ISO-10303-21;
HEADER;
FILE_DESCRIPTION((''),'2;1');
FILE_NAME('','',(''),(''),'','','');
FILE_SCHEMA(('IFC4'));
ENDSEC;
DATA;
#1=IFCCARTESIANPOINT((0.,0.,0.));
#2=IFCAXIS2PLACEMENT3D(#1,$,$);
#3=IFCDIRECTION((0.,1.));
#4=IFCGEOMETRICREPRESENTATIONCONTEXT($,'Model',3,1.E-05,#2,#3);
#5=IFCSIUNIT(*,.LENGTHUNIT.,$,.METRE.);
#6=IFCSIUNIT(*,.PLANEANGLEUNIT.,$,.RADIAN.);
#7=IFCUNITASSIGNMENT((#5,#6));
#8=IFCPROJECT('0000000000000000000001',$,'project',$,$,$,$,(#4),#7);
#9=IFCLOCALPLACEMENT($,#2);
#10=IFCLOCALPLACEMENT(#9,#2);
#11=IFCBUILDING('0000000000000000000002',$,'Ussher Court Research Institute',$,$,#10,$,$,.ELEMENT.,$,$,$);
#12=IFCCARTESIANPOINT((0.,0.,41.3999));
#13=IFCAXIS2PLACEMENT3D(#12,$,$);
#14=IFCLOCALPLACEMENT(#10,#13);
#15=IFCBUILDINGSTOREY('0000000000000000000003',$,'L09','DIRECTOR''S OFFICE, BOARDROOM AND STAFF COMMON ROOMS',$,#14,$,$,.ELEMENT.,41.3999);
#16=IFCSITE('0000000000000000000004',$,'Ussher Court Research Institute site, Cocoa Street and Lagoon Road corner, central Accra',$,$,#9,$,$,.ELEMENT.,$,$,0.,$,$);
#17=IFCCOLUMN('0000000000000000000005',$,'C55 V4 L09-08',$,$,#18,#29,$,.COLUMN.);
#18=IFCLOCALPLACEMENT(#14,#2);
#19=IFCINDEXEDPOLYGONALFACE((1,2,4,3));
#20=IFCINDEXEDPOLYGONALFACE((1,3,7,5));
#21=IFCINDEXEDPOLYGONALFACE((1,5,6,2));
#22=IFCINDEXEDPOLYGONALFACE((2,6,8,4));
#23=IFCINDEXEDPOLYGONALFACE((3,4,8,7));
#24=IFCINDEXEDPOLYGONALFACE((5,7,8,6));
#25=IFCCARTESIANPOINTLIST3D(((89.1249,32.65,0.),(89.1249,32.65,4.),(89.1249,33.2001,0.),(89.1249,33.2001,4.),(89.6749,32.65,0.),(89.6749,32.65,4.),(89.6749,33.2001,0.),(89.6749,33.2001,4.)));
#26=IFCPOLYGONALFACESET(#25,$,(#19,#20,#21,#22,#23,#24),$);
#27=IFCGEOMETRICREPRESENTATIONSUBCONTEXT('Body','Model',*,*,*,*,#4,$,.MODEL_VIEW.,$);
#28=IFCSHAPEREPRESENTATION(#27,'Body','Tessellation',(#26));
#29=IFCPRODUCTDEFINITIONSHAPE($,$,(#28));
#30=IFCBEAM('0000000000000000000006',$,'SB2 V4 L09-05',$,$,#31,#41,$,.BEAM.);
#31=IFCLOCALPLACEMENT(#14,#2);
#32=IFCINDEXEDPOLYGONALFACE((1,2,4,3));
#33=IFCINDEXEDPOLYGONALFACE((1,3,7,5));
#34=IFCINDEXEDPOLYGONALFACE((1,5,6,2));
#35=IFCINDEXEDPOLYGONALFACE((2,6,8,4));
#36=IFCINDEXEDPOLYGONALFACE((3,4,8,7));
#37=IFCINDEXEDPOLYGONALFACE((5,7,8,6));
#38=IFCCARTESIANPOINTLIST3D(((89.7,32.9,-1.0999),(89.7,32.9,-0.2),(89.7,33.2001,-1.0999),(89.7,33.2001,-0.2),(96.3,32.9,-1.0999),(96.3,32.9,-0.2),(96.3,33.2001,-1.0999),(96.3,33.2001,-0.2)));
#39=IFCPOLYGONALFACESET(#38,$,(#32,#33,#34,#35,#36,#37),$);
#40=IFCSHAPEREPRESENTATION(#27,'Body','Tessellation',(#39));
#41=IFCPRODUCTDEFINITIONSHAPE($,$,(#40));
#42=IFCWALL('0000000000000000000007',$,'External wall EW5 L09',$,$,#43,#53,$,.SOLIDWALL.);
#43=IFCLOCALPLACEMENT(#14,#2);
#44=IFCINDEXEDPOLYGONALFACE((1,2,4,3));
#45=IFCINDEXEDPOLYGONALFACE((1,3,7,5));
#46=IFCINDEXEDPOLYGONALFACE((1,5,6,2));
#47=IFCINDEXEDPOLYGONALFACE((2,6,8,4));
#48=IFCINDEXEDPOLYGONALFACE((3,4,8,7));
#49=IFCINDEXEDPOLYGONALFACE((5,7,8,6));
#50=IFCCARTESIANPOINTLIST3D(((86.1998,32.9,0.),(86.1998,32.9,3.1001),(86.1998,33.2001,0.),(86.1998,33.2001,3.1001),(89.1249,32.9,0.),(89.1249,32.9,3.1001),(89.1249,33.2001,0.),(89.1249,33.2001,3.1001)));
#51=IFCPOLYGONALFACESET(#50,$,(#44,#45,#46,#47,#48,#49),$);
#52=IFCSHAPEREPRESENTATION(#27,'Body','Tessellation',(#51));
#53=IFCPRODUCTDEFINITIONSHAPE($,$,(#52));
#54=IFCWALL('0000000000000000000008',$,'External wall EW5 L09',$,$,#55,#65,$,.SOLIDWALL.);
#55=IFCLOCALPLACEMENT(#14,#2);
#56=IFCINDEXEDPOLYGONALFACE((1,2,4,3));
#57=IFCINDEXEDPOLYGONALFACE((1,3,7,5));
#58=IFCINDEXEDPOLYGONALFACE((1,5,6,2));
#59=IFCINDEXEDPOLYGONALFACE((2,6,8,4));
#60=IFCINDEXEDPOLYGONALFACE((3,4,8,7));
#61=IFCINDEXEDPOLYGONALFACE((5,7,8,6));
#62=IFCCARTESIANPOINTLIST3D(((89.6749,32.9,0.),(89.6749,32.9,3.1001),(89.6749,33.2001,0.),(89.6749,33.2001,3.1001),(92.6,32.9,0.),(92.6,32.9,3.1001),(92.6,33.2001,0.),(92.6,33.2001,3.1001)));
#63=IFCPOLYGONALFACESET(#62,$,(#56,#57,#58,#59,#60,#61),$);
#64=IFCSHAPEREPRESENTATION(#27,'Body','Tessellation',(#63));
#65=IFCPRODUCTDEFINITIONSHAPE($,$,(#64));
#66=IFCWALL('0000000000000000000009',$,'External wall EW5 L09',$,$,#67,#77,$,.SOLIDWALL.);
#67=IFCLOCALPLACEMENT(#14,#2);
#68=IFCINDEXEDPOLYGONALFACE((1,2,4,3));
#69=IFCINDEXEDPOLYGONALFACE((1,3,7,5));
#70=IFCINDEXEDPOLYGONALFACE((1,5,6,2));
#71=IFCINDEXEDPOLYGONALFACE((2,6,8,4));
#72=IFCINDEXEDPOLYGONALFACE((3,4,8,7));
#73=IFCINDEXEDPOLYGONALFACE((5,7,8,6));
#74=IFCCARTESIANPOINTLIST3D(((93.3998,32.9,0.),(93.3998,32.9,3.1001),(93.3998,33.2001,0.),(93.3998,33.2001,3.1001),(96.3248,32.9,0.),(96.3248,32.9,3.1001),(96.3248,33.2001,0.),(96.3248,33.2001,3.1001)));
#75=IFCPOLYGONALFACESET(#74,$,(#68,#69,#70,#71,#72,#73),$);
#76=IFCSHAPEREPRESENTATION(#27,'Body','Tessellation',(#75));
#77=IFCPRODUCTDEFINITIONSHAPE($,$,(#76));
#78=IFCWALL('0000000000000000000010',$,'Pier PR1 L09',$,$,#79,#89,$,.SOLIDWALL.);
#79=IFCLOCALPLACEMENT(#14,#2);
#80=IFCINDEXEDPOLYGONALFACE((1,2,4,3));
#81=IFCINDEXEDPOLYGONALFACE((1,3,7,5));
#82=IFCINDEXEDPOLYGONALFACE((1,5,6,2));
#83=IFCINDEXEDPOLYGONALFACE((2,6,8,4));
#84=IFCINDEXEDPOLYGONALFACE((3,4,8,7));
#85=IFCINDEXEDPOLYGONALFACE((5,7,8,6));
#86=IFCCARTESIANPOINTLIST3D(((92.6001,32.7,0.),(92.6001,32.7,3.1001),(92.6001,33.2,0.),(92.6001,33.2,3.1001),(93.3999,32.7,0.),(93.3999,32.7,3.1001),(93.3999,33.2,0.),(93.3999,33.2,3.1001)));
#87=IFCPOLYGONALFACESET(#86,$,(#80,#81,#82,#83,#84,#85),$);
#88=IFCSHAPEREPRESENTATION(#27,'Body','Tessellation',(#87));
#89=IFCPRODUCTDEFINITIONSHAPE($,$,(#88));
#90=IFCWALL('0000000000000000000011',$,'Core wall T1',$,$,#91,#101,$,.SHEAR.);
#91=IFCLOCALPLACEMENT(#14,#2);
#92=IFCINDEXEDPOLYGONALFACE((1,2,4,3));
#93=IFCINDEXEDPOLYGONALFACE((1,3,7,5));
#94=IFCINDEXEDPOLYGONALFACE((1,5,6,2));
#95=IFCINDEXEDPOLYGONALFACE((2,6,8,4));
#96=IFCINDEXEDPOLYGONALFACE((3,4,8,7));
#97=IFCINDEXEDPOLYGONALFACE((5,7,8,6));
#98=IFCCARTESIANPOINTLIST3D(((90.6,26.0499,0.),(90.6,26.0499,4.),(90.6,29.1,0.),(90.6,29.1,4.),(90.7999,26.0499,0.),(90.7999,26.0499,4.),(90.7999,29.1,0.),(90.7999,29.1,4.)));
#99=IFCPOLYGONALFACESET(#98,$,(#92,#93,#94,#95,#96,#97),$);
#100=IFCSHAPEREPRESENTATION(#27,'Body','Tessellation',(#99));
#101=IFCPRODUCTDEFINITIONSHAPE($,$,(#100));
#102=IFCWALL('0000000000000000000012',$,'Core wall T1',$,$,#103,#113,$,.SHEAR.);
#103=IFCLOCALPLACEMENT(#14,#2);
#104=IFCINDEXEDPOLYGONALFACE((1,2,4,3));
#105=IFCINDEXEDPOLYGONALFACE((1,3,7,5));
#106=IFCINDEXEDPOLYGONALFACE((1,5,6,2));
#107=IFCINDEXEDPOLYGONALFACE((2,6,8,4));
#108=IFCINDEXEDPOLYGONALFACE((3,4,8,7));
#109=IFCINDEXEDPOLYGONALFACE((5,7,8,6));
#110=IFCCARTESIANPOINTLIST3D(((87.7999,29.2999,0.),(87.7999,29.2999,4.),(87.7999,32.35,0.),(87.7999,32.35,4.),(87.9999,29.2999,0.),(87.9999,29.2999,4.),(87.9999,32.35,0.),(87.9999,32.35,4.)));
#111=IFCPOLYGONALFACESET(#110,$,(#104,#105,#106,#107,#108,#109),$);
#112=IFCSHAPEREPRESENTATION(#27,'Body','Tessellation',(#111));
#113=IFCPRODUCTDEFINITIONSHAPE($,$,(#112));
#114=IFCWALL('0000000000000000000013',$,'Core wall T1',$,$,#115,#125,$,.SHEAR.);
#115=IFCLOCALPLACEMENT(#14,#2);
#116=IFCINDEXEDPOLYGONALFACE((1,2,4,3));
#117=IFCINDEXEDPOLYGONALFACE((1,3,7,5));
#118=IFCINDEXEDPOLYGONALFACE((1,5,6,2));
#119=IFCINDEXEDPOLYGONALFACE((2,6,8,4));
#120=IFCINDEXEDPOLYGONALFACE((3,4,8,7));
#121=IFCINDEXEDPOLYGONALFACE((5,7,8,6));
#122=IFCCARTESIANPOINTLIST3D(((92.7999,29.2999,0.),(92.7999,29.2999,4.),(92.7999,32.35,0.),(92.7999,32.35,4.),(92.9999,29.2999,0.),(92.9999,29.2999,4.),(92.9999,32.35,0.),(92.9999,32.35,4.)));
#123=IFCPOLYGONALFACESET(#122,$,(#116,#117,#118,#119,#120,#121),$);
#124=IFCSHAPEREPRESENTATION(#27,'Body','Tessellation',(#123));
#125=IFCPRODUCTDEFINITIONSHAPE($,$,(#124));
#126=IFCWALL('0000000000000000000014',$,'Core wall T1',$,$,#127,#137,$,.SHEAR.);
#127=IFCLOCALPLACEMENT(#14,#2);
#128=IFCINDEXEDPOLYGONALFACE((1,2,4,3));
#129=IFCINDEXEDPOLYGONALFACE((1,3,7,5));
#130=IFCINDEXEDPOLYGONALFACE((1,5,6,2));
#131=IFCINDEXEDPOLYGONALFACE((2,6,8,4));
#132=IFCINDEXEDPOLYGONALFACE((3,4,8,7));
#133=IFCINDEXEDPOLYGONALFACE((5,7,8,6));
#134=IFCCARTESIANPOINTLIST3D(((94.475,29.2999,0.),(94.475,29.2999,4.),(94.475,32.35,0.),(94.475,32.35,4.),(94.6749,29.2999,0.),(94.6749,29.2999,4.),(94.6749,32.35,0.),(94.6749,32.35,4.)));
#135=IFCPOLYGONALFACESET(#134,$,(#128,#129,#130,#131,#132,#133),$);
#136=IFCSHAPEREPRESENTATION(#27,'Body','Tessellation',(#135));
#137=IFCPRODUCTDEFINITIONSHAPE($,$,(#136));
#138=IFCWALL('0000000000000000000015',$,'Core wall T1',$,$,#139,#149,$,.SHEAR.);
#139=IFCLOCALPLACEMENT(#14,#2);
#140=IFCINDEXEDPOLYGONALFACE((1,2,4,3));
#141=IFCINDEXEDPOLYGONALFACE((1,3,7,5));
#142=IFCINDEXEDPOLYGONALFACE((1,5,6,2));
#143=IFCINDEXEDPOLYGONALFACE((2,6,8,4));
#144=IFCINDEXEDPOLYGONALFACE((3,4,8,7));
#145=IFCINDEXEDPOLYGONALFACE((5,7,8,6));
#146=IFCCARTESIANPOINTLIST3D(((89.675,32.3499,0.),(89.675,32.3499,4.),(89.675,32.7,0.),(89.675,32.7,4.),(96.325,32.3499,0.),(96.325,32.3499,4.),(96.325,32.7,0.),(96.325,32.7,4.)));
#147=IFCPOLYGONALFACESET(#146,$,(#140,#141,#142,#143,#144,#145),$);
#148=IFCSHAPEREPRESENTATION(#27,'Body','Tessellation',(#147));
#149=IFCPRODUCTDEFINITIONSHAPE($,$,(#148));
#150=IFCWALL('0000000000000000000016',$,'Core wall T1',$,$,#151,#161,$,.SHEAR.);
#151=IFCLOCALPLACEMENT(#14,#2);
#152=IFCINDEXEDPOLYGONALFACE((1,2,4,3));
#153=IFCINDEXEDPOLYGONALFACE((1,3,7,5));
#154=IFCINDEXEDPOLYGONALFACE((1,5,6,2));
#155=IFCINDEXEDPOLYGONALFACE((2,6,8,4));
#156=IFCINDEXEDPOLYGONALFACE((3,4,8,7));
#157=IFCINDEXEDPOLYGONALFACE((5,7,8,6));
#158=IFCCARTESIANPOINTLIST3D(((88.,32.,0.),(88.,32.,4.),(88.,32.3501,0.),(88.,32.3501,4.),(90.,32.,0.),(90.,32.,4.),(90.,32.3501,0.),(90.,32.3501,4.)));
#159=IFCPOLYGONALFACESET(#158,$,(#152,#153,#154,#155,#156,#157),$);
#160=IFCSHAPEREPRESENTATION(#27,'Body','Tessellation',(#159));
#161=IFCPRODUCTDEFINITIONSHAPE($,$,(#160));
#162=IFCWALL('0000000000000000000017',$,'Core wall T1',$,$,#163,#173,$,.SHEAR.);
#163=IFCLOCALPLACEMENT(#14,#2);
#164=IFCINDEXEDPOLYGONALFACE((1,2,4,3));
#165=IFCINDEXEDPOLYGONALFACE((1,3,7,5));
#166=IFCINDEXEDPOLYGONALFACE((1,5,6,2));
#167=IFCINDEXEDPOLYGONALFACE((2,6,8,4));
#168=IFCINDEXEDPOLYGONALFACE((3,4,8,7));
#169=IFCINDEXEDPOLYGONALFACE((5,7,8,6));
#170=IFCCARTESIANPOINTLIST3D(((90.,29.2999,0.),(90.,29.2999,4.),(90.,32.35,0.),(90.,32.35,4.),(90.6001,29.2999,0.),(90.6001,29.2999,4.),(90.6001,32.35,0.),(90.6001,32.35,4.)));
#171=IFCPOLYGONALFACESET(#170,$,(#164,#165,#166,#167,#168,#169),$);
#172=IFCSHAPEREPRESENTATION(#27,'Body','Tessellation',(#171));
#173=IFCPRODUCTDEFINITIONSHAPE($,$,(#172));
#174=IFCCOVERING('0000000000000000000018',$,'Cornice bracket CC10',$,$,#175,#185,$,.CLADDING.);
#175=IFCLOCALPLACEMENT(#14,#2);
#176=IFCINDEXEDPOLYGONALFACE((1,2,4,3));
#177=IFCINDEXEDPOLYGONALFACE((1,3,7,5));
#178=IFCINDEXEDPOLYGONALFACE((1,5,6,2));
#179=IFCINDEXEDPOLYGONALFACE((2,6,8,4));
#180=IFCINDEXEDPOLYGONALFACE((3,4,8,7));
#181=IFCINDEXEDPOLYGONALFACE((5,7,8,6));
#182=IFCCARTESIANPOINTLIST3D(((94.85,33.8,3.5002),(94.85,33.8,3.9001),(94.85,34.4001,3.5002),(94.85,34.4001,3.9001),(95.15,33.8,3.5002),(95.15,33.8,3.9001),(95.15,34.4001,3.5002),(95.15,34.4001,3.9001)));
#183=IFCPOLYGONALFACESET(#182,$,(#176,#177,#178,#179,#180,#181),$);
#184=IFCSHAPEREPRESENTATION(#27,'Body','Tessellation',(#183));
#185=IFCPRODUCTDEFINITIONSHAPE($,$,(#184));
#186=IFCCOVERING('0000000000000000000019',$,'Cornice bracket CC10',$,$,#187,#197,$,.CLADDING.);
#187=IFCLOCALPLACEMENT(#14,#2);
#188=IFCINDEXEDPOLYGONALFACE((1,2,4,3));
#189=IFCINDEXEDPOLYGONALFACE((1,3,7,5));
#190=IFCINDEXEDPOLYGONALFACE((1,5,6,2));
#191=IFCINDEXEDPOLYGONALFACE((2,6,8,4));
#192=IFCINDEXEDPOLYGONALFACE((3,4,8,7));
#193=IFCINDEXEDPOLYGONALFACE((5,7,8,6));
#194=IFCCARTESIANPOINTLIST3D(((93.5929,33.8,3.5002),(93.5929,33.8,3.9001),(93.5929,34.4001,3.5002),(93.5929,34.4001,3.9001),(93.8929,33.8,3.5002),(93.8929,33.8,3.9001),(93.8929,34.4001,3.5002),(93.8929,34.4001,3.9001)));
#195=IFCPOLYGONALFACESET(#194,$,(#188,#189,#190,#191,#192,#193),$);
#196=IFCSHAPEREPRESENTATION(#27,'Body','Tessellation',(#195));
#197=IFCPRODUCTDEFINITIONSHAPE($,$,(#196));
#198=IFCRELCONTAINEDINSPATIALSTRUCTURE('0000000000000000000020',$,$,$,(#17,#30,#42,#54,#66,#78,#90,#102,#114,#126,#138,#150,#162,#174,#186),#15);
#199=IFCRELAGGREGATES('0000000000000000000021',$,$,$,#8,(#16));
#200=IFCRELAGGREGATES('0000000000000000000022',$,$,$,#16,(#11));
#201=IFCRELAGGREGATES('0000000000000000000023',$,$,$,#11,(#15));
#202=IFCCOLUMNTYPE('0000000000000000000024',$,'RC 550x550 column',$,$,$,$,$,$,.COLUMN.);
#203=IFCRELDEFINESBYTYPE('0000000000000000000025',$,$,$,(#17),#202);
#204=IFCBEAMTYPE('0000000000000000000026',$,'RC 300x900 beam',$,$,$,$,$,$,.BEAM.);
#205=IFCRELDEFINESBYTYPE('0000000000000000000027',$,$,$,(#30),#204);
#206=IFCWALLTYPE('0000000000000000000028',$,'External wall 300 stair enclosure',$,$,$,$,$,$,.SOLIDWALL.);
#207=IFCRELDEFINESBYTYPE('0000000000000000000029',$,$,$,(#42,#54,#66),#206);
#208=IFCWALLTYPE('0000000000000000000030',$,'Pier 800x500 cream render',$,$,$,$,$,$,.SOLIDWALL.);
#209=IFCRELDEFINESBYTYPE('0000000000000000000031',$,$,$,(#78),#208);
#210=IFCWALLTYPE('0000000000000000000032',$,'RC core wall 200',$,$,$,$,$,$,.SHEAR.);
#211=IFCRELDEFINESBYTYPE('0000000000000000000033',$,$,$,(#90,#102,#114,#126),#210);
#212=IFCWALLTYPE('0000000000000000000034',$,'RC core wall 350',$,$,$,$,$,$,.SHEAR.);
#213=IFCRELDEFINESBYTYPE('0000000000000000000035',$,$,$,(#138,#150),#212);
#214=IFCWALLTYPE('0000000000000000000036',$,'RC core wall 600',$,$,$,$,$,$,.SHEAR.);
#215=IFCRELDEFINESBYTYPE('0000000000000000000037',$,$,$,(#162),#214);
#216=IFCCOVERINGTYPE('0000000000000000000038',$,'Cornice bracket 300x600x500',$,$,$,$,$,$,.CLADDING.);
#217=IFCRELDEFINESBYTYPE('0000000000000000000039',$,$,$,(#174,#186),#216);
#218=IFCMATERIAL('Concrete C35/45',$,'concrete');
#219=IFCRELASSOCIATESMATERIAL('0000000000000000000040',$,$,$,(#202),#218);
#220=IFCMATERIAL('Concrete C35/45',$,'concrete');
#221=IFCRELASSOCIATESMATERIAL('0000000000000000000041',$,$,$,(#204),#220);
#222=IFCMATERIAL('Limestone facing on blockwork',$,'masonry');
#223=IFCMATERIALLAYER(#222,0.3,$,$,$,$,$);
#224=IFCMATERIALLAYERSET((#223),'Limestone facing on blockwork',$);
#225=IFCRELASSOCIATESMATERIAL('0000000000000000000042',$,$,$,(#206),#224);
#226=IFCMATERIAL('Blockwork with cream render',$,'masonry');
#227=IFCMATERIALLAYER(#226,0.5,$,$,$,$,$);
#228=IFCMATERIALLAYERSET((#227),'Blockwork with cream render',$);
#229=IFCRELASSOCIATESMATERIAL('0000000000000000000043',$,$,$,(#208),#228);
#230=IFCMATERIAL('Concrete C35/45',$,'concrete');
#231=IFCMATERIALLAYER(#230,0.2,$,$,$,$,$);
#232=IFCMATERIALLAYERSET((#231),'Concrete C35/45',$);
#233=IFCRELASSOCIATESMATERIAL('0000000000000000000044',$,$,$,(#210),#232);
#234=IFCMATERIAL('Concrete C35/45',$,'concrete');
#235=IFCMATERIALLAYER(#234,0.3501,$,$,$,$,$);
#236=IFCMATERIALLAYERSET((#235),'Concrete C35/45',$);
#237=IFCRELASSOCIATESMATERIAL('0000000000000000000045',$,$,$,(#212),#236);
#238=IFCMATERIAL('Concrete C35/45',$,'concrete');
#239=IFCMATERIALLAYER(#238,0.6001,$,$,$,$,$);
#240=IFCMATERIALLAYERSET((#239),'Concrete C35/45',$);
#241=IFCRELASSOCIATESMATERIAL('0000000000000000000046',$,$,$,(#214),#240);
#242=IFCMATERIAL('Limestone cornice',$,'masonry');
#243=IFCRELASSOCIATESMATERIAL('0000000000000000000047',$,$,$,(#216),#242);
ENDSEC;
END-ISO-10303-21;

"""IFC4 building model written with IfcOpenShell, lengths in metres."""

from ifc_helpers import new_model, si_unit, direction, frame, frame_2d, origin, origin_2d, place, context, subcontext, project, spatial, rectangle, extrude, material, layer, layer_set, material_profile, profile_set, type_object, element, save


model = new_model("IFC4")

# Units and contexts
model_context = context("Model", 3, precision=1e-05, world=origin(), true_north=direction((0.0, 1.0)))
body_context = subcontext(model_context, "Body", "Model", "MODEL_VIEW")
ifc_project = project(units=[si_unit("LENGTHUNIT", "METRE"), si_unit("PLANEANGLEUNIT", "RADIAN")], contexts=[model_context])

# Site, building, storey
site_placement = place(None, origin())
site = spatial("IfcSite", under=ifc_project, at=site_placement, Name="Ussher Court Research Institute site, Cocoa Street and Lagoon Road corner, central Accra", CompositionType="ELEMENT", RefElevation=0.0)
building_placement = place(site_placement, origin())
building = spatial("IfcBuilding", under=site, at=building_placement, Name="Ussher Court Research Institute", CompositionType="ELEMENT")
storey_placement = place(building_placement, frame((0.0, 0.0, 41.3999)))
storey = spatial("IfcBuildingStorey", under=building, at=storey_placement, Name="L09", Description="DIRECTOR'S OFFICE, BOARDROOM AND STAFF COMMON ROOMS", CompositionType="ELEMENT", Elevation=41.3999)

# Column
ifc_material_1 = material(Name="Concrete C35/45", Category="concrete")
ifc_material_profile_1 = material_profile(ifc_material_1, rectangle(XDim=0.55, YDim=0.55, at=origin_2d()), Name="RC 550x550")
ifc_profile_set_1 = profile_set([ifc_material_profile_1], Name="Concrete C35/45")
column_type = type_object("IfcColumnType", Name="RC 550x550 column", PredefinedType="COLUMN", material=ifc_profile_set_1)
column_placement = place(storey_placement, frame((89.3999, 32.925, 0.0), z_axis=(0.0, 0.0, 1.0), x_axis=(1.0, 0.0, 0.0)))
element("IfcColumn", 1, at=column_placement, inside=storey, type_object=column_type, Name="C55 V4 L09-08", PredefinedType="COLUMN", context=body_context, shape_type="SweptSolid", body=[
    extrude(rectangle(XDim=0.55, YDim=0.55, at=origin_2d()), origin(), (0.0, 0.0, 1.0), 4.0),
])

# Beam
ifc_material_2 = material(Name="Concrete C35/45", Category="concrete")
ifc_material_profile_2 = material_profile(ifc_material_2, rectangle(XDim=0.3, YDim=0.8999, at=origin_2d()), Name="RC 300x900")
ifc_profile_set_2 = profile_set([ifc_material_profile_2], Name="Concrete C35/45")
beam_type = type_object("IfcBeamType", Name="RC 300x900 beam", PredefinedType="BEAM", material=ifc_profile_set_2)
beam_placement = place(storey_placement, frame((89.7, 33.05, -0.6499), z_axis=(1.0, 0.0, 0.0), x_axis=(0.0, 1.0, 0.0)))
element("IfcBeam", 2, at=beam_placement, inside=storey, type_object=beam_type, Name="SB2 V4 L09-05", PredefinedType="BEAM", context=body_context, shape_type="SweptSolid", body=[
    extrude(rectangle(XDim=0.3, YDim=0.8999, at=origin_2d()), origin(), (0.0, 0.0, 1.0), 6.6001),
])

# Walls
ifc_material_3 = material(Name="Limestone facing on blockwork", Category="masonry")
ifc_layer_1 = layer(ifc_material_3, 0.3)
ifc_layer_set_1 = layer_set([ifc_layer_1], Name="Limestone facing on blockwork")
wall_type_1 = type_object("IfcWallType", Name="External wall 300 stair enclosure", PredefinedType="SOLIDWALL", material=ifc_layer_set_1)
for number, where, z_axis, x_axis, name in (
    (3, (86.2, 33.05, 0.0), (0.0, 0.0, 1.0), (1.0, 0.0, 0.0), "External wall EW5 L09"),
    (4, (89.675, 33.05, 0.0), (0.0, 0.0, 1.0), (1.0, 0.0, 0.0), "External wall EW5 L09"),
    (5, (93.3999, 33.05, 0.0), (0.0, 0.0, 1.0), (1.0, 0.0, 0.0), "External wall EW5 L09"),
):
    element("IfcWall", number, at=place(storey_placement, frame(where, z_axis=z_axis, x_axis=x_axis)), inside=storey, type_object=wall_type_1, Name=name, PredefinedType="SOLIDWALL", context=body_context, shape_type="SweptSolid", body=[
        extrude(rectangle(XDim=2.925, YDim=0.3, at=frame_2d((1.4624, 0.0))), origin(), (0.0, 0.0, 1.0), 3.1001),
    ])
ifc_material_4 = material(Name="Blockwork with cream render", Category="masonry")
ifc_layer_2 = layer(ifc_material_4, 0.5)
ifc_layer_set_2 = layer_set([ifc_layer_2], Name="Blockwork with cream render")
wall_type_2 = type_object("IfcWallType", Name="Pier 800x500 cream render", PredefinedType="SOLIDWALL", material=ifc_layer_set_2)
wall_1_placement = place(storey_placement, frame((92.6001, 32.95, 0.0), z_axis=(0.0, 0.0, 1.0), x_axis=(1.0, 0.0, 0.0)))
element("IfcWall", 6, at=wall_1_placement, inside=storey, type_object=wall_type_2, Name="Pier PR1 L09", PredefinedType="SOLIDWALL", context=body_context, shape_type="SweptSolid", body=[
    extrude(rectangle(XDim=0.7998, YDim=0.5, at=frame_2d((0.3999, 0.0))), origin(), (0.0, 0.0, 1.0), 3.1001),
])
ifc_material_5 = material(Name="Concrete C35/45", Category="concrete")
ifc_layer_3 = layer(ifc_material_5, 0.2)
ifc_layer_set_3 = layer_set([ifc_layer_3], Name="Concrete C35/45")
wall_type_3 = type_object("IfcWallType", Name="RC core wall 200", PredefinedType="SHEAR", material=ifc_layer_set_3)
for number, where, z_axis, x_axis, name in (
    (7, (90.7, 26.05, 0.0), (0.0, 0.0, 1.0), (0.0, 1.0, 0.0), "Core wall T1"),
    (8, (87.8999, 29.3, 0.0), (0.0, 0.0, 1.0), (0.0, 1.0, 0.0), "Core wall T1"),
    (9, (92.8999, 29.3, 0.0), (0.0, 0.0, 1.0), (0.0, 1.0, 0.0), "Core wall T1"),
    (10, (94.575, 29.3, 0.0), (0.0, 0.0, 1.0), (0.0, 1.0, 0.0), "Core wall T1"),
):
    element("IfcWall", number, at=place(storey_placement, frame(where, z_axis=z_axis, x_axis=x_axis)), inside=storey, type_object=wall_type_3, Name=name, PredefinedType="SHEAR", context=body_context, shape_type="SweptSolid", body=[
        extrude(rectangle(XDim=3.05, YDim=0.2, at=frame_2d((1.5249, 0.0))), origin(), (0.0, 0.0, 1.0), 4.0),
    ])
ifc_material_6 = material(Name="Concrete C35/45", Category="concrete")
ifc_layer_4 = layer(ifc_material_6, 0.3501)
ifc_layer_set_4 = layer_set([ifc_layer_4], Name="Concrete C35/45")
wall_type_4 = type_object("IfcWallType", Name="RC core wall 350", PredefinedType="SHEAR", material=ifc_layer_set_4)
wall_2_placement = place(storey_placement, frame((89.675, 32.5249, 0.0), z_axis=(0.0, 0.0, 1.0), x_axis=(1.0, 0.0, 0.0)))
element("IfcWall", 11, at=wall_2_placement, inside=storey, type_object=wall_type_4, Name="Core wall T1", PredefinedType="SHEAR", context=body_context, shape_type="SweptSolid", body=[
    extrude(rectangle(XDim=6.6499, YDim=0.3501, at=frame_2d((3.325, 0.0))), origin(), (0.0, 0.0, 1.0), 4.0),
])
wall_3_placement = place(storey_placement, frame((88.0, 32.175, 0.0), z_axis=(0.0, 0.0, 1.0), x_axis=(1.0, 0.0, 0.0)))
element("IfcWall", 12, at=wall_3_placement, inside=storey, type_object=wall_type_4, Name="Core wall T1", PredefinedType="SHEAR", context=body_context, shape_type="SweptSolid", body=[
    extrude(rectangle(XDim=2.0, YDim=0.3501, at=frame_2d((1.0, 0.0))), origin(), (0.0, 0.0, 1.0), 4.0),
])
ifc_material_7 = material(Name="Concrete C35/45", Category="concrete")
ifc_layer_5 = layer(ifc_material_7, 0.6001)
ifc_layer_set_5 = layer_set([ifc_layer_5], Name="Concrete C35/45")
wall_type_5 = type_object("IfcWallType", Name="RC core wall 600", PredefinedType="SHEAR", material=ifc_layer_set_5)
wall_4_placement = place(storey_placement, frame((90.3, 29.3, 0.0), z_axis=(0.0, 0.0, 1.0), x_axis=(0.0, 1.0, 0.0)))
element("IfcWall", 13, at=wall_4_placement, inside=storey, type_object=wall_type_5, Name="Core wall T1", PredefinedType="SHEAR", context=body_context, shape_type="SweptSolid", body=[
    extrude(rectangle(XDim=3.05, YDim=0.6001, at=frame_2d((1.5249, 0.0))), origin(), (0.0, 0.0, 1.0), 4.0),
])

# Coverings
ifc_material_8 = material(Name="Limestone cornice", Category="masonry")
covering_type = type_object("IfcCoveringType", Name="Cornice bracket 300x600x500", PredefinedType="CLADDING", material=ifc_material_8)
for number, where, z_axis, x_axis, name in (
    (14, (95.0, 34.1001, 3.5002), (0.0, 0.0, 1.0), (-1.0, 0.0, 0.0), "Cornice bracket CC10"),
    (15, (93.7429, 34.1001, 3.5002), (0.0, 0.0, 1.0), (-1.0, 0.0, 0.0), "Cornice bracket CC10"),
):
    element("IfcCovering", number, at=place(storey_placement, frame(where, z_axis=z_axis, x_axis=x_axis)), inside=storey, type_object=covering_type, Name=name, PredefinedType="CLADDING", context=body_context, shape_type="SweptSolid", body=[
        extrude(rectangle(XDim=0.3, YDim=0.6001, at=origin_2d()), origin(), (0.0, 0.0, 1.0), 0.3999),
    ])

save(model, "model.ifc")
